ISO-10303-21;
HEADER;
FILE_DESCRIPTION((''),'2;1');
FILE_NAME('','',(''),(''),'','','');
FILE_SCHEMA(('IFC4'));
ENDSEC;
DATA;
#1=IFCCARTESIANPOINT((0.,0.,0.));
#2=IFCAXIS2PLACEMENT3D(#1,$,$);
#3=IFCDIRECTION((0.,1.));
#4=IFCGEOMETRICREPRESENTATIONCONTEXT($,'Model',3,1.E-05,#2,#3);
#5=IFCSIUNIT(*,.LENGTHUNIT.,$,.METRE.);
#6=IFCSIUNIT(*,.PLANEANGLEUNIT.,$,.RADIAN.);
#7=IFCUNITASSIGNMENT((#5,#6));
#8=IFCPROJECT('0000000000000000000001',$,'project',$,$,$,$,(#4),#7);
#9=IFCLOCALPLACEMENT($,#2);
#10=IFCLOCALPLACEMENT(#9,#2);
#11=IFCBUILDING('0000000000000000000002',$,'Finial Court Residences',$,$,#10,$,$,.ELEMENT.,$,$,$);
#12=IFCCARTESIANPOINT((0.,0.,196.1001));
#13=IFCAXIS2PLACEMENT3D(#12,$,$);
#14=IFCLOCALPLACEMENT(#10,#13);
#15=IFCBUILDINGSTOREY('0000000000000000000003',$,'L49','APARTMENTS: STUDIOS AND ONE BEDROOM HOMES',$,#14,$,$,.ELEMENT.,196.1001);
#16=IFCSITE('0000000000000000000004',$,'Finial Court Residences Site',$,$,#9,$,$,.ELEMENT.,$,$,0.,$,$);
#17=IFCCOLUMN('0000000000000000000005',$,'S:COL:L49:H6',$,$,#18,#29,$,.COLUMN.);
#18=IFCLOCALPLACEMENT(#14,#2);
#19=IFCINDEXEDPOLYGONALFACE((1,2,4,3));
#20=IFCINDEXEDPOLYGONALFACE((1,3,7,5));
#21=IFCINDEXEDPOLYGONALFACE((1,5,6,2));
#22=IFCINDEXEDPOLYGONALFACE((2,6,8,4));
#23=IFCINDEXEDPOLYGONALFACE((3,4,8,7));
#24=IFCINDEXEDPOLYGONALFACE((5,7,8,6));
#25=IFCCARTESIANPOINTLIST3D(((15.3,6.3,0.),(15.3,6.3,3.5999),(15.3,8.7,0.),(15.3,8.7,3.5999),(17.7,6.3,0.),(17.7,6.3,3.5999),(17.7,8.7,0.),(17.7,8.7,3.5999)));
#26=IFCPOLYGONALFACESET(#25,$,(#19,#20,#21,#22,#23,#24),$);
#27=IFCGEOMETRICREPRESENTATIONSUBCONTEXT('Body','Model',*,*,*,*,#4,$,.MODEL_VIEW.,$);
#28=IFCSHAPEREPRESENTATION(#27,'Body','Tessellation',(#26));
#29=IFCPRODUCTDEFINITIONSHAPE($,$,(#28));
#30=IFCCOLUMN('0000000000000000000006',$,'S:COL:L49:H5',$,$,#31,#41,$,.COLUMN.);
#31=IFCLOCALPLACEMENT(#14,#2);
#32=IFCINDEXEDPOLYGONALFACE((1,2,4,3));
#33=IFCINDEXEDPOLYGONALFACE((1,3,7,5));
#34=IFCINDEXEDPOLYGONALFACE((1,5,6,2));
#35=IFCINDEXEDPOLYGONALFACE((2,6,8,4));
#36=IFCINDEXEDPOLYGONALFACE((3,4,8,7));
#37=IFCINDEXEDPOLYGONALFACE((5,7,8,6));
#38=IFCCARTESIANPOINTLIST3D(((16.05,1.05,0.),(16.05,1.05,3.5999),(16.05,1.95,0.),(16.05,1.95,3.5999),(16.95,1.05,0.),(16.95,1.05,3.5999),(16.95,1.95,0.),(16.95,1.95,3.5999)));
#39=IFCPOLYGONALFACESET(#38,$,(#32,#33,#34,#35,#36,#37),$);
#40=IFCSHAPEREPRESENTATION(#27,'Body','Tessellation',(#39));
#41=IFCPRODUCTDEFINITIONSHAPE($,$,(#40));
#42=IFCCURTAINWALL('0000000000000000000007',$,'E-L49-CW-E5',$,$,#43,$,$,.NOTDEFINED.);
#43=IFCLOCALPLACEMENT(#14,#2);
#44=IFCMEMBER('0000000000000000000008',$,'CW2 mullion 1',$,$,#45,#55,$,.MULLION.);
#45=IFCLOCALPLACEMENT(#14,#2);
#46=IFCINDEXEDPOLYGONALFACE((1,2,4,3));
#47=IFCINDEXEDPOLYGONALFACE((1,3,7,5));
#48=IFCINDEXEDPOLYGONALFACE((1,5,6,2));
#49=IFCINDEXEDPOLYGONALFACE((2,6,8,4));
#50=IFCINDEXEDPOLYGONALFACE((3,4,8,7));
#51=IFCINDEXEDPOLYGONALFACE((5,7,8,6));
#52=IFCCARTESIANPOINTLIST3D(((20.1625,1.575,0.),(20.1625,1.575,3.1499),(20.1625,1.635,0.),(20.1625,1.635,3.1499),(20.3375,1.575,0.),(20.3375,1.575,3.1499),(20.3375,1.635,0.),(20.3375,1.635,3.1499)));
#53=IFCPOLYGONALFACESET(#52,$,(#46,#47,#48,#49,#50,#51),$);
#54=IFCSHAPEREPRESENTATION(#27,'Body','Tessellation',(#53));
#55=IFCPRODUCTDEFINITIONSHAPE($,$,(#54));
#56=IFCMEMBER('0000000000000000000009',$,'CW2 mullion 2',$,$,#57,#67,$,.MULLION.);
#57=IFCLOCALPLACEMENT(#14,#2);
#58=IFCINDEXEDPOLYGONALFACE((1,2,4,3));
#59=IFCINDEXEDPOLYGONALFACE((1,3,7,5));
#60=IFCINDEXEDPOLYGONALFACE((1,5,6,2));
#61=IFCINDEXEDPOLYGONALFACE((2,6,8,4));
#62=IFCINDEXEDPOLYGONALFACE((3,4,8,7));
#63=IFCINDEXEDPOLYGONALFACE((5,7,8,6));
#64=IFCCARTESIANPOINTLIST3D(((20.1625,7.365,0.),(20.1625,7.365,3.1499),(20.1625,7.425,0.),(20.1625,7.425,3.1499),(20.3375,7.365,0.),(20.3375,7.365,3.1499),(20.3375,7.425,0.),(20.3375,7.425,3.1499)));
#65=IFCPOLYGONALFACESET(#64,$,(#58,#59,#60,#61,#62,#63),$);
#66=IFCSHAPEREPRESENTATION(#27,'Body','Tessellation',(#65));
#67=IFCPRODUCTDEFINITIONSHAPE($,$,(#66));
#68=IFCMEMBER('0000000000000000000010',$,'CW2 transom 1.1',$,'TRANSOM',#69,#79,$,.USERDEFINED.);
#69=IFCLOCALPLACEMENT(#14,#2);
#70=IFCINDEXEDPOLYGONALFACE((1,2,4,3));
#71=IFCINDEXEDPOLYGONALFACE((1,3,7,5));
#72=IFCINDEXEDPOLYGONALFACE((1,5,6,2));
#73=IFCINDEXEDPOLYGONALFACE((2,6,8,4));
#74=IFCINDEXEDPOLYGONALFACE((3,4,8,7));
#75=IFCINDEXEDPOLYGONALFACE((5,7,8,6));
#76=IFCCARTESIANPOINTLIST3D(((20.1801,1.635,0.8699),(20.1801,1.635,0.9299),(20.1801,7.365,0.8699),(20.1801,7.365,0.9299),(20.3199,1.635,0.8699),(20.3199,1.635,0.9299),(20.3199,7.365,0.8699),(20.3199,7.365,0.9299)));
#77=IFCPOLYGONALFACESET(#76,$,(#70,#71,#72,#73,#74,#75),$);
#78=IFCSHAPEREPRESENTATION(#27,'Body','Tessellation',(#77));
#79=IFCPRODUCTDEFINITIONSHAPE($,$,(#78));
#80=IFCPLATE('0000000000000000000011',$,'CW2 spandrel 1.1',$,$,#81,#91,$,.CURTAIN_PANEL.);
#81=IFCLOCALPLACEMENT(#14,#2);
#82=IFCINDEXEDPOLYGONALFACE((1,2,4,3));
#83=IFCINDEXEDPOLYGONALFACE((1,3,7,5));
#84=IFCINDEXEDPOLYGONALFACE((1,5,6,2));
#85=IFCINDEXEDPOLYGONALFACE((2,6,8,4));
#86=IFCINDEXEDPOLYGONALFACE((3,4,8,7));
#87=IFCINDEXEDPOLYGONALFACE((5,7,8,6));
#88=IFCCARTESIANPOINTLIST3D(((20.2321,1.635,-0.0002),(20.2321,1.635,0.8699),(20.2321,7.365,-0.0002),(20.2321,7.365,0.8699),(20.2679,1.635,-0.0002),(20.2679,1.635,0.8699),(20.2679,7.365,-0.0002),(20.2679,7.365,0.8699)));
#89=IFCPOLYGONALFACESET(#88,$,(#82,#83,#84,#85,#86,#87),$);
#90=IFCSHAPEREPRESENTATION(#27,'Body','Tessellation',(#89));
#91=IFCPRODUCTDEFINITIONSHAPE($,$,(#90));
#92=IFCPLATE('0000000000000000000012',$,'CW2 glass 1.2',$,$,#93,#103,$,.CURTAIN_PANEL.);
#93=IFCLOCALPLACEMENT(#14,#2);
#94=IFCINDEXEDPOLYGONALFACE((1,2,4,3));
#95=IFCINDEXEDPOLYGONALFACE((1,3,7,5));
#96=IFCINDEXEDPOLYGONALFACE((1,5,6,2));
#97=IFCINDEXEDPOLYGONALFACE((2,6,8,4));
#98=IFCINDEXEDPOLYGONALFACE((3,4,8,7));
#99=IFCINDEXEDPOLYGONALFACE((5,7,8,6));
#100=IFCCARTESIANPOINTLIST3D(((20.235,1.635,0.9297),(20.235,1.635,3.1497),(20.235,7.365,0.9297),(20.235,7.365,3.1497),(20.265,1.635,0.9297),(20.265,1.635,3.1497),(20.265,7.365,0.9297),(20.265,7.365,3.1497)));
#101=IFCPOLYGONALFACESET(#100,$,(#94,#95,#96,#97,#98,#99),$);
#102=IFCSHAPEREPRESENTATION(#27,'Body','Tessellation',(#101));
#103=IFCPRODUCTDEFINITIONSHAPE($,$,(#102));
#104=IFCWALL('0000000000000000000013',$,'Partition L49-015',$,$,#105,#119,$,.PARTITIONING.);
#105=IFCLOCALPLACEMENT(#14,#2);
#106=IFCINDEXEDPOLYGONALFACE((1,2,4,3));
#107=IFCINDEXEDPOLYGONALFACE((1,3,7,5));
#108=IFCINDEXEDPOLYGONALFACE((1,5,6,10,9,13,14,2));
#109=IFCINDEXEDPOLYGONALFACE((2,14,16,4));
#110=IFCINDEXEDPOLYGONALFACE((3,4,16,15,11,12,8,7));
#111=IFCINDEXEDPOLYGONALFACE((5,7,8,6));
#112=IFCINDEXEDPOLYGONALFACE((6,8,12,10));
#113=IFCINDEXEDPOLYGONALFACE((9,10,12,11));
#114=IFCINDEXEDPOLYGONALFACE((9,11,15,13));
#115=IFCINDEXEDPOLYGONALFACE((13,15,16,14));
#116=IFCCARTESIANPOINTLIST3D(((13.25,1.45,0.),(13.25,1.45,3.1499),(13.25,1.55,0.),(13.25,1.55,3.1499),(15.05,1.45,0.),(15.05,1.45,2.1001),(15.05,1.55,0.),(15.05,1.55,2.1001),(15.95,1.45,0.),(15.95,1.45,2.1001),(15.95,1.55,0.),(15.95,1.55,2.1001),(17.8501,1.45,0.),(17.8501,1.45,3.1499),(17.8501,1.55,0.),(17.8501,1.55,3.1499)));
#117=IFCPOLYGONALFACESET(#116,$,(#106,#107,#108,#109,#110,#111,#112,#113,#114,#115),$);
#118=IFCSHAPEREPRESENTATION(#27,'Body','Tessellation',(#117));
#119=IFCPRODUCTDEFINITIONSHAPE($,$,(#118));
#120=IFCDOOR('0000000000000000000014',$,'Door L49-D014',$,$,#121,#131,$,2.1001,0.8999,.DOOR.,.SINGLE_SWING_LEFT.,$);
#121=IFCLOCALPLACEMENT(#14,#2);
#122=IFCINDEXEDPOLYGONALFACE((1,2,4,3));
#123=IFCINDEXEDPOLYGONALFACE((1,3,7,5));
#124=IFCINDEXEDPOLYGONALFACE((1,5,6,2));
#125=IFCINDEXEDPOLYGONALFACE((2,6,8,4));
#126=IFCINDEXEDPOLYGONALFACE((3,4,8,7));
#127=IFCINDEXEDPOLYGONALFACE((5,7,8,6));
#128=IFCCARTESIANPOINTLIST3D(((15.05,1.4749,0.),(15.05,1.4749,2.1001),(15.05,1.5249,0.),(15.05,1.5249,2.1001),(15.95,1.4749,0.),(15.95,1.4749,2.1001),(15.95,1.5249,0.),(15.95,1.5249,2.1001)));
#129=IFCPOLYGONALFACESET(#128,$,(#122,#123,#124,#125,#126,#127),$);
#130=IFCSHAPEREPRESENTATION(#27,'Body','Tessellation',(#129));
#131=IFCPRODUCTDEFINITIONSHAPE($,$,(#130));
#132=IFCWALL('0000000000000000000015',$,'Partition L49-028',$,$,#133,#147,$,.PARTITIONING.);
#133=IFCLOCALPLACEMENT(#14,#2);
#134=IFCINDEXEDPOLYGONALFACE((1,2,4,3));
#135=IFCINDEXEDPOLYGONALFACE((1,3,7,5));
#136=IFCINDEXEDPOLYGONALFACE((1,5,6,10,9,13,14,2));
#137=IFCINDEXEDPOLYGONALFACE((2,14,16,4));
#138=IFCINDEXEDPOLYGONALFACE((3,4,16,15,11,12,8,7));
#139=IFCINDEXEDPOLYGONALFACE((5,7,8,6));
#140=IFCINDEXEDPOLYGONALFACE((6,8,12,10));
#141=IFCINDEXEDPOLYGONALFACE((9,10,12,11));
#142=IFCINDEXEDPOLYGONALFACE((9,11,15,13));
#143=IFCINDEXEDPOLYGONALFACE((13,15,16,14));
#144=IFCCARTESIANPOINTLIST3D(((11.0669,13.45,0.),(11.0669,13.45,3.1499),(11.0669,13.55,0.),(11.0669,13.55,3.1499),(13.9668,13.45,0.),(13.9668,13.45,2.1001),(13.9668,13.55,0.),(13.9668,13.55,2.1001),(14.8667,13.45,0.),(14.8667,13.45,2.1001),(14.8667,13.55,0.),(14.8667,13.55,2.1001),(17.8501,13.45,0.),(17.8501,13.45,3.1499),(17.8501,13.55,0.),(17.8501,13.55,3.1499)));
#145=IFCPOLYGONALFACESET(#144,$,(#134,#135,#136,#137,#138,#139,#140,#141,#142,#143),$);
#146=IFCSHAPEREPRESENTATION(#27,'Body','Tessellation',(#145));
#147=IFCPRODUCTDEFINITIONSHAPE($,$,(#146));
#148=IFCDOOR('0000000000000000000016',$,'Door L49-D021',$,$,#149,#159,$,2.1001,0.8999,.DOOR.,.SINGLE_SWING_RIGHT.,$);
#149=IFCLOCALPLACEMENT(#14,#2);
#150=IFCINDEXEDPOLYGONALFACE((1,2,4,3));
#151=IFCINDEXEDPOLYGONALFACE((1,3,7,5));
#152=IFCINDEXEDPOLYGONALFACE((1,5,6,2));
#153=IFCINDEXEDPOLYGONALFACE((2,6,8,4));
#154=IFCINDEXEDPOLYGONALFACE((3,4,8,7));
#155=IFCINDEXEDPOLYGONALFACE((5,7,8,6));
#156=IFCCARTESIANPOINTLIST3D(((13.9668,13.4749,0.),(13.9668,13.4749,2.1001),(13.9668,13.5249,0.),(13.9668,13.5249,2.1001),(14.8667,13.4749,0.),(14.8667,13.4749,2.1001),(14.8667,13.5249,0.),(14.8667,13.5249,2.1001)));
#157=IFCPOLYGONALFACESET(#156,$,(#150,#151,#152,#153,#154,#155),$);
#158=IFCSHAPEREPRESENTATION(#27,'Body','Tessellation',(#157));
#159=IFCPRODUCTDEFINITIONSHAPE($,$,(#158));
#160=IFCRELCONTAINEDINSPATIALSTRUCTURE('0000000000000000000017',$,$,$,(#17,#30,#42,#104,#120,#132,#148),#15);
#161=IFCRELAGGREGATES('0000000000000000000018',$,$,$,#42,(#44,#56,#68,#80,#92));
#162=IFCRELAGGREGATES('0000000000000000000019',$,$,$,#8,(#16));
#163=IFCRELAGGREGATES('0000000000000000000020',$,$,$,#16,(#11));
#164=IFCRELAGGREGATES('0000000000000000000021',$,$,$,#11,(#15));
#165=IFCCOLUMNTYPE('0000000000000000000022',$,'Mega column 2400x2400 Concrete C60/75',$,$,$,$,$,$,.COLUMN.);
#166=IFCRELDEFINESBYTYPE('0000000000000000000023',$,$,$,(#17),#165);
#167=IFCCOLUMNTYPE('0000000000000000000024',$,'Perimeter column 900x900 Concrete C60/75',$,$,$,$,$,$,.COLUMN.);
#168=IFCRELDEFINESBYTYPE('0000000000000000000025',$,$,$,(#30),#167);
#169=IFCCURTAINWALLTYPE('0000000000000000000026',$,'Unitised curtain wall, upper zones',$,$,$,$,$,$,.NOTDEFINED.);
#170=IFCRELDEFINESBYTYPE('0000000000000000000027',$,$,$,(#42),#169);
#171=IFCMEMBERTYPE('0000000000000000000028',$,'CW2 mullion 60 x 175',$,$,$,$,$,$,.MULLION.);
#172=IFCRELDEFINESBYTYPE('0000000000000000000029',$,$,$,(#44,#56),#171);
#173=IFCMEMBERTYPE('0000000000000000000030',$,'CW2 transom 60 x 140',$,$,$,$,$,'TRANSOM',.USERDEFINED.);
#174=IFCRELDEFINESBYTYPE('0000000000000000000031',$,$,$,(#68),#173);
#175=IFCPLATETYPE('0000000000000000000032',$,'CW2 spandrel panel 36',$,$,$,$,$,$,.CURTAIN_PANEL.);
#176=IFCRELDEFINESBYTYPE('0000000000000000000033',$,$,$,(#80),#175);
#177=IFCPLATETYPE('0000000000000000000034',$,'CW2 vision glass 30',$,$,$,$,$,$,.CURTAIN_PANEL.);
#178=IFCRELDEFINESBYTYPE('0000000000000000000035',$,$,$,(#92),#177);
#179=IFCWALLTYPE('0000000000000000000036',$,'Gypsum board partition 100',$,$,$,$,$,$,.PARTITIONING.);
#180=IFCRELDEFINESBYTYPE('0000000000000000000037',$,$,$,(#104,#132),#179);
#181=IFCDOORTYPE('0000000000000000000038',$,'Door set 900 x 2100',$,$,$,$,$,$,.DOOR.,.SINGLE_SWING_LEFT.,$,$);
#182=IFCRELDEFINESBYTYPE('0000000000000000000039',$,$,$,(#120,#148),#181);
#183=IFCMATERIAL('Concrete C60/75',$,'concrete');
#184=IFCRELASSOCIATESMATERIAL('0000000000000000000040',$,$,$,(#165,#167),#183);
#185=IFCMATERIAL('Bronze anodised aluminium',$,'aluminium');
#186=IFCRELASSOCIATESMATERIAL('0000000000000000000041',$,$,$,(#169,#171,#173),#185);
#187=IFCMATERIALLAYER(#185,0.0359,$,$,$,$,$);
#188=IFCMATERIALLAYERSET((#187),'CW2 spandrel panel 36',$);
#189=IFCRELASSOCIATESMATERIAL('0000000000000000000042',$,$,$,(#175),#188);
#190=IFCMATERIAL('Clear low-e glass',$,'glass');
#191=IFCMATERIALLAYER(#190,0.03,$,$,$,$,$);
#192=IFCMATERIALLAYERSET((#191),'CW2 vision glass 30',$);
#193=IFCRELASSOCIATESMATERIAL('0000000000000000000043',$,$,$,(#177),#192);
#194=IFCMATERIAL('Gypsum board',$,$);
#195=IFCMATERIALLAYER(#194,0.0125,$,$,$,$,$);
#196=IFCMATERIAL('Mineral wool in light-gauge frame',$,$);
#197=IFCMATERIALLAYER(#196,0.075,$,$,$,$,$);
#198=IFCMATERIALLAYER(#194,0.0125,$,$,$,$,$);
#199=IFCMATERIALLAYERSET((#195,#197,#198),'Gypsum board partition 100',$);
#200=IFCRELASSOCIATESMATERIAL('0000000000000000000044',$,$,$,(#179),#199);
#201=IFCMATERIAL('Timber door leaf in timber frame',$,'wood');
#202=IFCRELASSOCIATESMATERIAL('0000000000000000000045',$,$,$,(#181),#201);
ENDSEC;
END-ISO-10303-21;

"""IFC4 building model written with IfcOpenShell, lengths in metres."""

from ifc_helpers import new_model, si_unit, direction, frame, frame_2d, origin, origin_2d, place, context, subcontext, project, spatial, rectangle, extrude, material, layer, layer_set, material_profile, profile_set, type_object, element, fill, aggregate, save


model = new_model("IFC4")

# Units and contexts
model_context = context("Model", 3, precision=1e-05, world=origin(), true_north=direction((0.0, 1.0)))
body_context = subcontext(model_context, "Body", "Model", "MODEL_VIEW")
ifc_project = project(units=[si_unit("LENGTHUNIT", "METRE"), si_unit("PLANEANGLEUNIT", "RADIAN")], contexts=[model_context])

# Site, building, storey
site_placement = place(None, origin())
site = spatial("IfcSite", under=ifc_project, at=site_placement, Name="Finial Court Residences Site", CompositionType="ELEMENT", RefElevation=0.0)
building_placement = place(site_placement, origin())
building = spatial("IfcBuilding", under=site, at=building_placement, Name="Finial Court Residences", CompositionType="ELEMENT")
storey_placement = place(building_placement, frame((0.0, 0.0, 196.1001)))
storey = spatial("IfcBuildingStorey", under=building, at=storey_placement, Name="L49", Description="APARTMENTS: STUDIOS AND ONE BEDROOM HOMES", CompositionType="ELEMENT", Elevation=196.1001)

# Columns
ifc_material_1 = material(Name="Concrete C60/75", Category="concrete")
ifc_material_profile_1 = material_profile(ifc_material_1, rectangle(XDim=2.3999, YDim=2.3999, at=origin_2d()), Name="2400x2400")
ifc_profile_set_1 = profile_set([ifc_material_profile_1], Name="Concrete C60/75")
column_type_1 = type_object("IfcColumnType", Name="Mega column 2400x2400 Concrete C60/75", PredefinedType="COLUMN", material=ifc_profile_set_1)
column_1_placement = place(storey_placement, frame((16.5, 7.5, 0.0), z_axis=(0.0, 0.0, 1.0), x_axis=(1.0, 0.0, 0.0)))
element("IfcColumn", 1, at=column_1_placement, inside=storey, type_object=column_type_1, Name="S:COL:L49:H6", PredefinedType="COLUMN", context=body_context, shape_type="SweptSolid", body=[
    extrude(rectangle(XDim=2.3999, YDim=2.3999, at=origin_2d()), origin(), (0.0, 0.0, 1.0), 3.5999),
])
ifc_material_profile_2 = material_profile(ifc_material_1, rectangle(XDim=0.8999, YDim=0.8999, at=origin_2d()), Name="900x900")
ifc_profile_set_2 = profile_set([ifc_material_profile_2], Name="Concrete C60/75")
column_type_2 = type_object("IfcColumnType", Name="Perimeter column 900x900 Concrete C60/75", PredefinedType="COLUMN", material=ifc_profile_set_2)
column_2_placement = place(storey_placement, frame((16.5, 1.5, 0.0), z_axis=(0.0, 0.0, 1.0), x_axis=(1.0, 0.0, 0.0)))
element("IfcColumn", 2, at=column_2_placement, inside=storey, type_object=column_type_2, Name="S:COL:L49:H5", PredefinedType="COLUMN", context=body_context, shape_type="SweptSolid", body=[
    extrude(rectangle(XDim=0.8999, YDim=0.8999, at=origin_2d()), origin(), (0.0, 0.0, 1.0), 3.5999),
])

# Curtain wall, members, plates
ifc_material_2 = material(Name="Bronze anodised aluminium", Category="aluminium")
curtain_wall_type = type_object("IfcCurtainWallType", Name="Unitised curtain wall, upper zones", PredefinedType="NOTDEFINED", material=ifc_material_2)
curtain_wall_placement = place(storey_placement, origin())
curtain_wall = element("IfcCurtainWall", 3, at=curtain_wall_placement, inside=storey, type_object=curtain_wall_type, Name="E-L49-CW-E5", PredefinedType="NOTDEFINED")
ifc_material_profile_3 = material_profile(ifc_material_2, rectangle(XDim=0.175, YDim=0.0601, at=origin_2d()), Name="CW2 mullion 60 x 175")
ifc_profile_set_3 = profile_set([ifc_material_profile_3], Name="Bronze anodised aluminium")
member_type_1 = type_object("IfcMemberType", Name="CW2 mullion 60 x 175", PredefinedType="MULLION", material=ifc_profile_set_3)
member_1_placement = place(storey_placement, frame((20.25, 1.605, 0.0), z_axis=(0.0, 0.0, 1.0), x_axis=(-1.0, 0.0, 0.0)))
member_1 = element("IfcMember", 4, at=member_1_placement, type_object=member_type_1, Name="CW2 mullion 1", PredefinedType="MULLION", context=body_context, shape_type="SweptSolid", body=[
    extrude(rectangle(XDim=0.175, YDim=0.0601, at=origin_2d()), origin(), (0.0, 0.0, 1.0), 3.1499),
])
member_2_placement = place(storey_placement, frame((20.25, 7.395, 0.0), z_axis=(0.0, 0.0, 1.0), x_axis=(-1.0, 0.0, 0.0)))
member_2 = element("IfcMember", 5, at=member_2_placement, type_object=member_type_1, Name="CW2 mullion 2", PredefinedType="MULLION", context=body_context, shape_type="SweptSolid", body=[
    extrude(rectangle(XDim=0.175, YDim=0.0601, at=origin_2d()), origin(), (0.0, 0.0, 1.0), 3.1499),
])
ifc_material_profile_4 = material_profile(ifc_material_2, rectangle(XDim=0.1399, YDim=0.0601, at=origin_2d()), Name="CW2 transom 60 x 140")
ifc_profile_set_4 = profile_set([ifc_material_profile_4], Name="Bronze anodised aluminium")
member_type_2 = type_object("IfcMemberType", Name="CW2 transom 60 x 140", ElementType="TRANSOM", PredefinedType="USERDEFINED", material=ifc_profile_set_4)
member_3_placement = place(storey_placement, frame((20.25, 1.635, 0.8999), z_axis=(0.0, 1.0, 0.0), x_axis=(-1.0, 0.0, 0.0)))
member_3 = element("IfcMember", 6, at=member_3_placement, type_object=member_type_2, Name="CW2 transom 1.1", ObjectType="TRANSOM", PredefinedType="USERDEFINED", context=body_context, shape_type="SweptSolid", body=[
    extrude(rectangle(XDim=0.1399, YDim=0.0601, at=origin_2d()), origin(), (0.0, 0.0, 1.0), 5.73),
])
ifc_layer_1 = layer(ifc_material_2, 0.0359)
ifc_layer_set_1 = layer_set([ifc_layer_1], Name="CW2 spandrel panel 36")
plate_type_1 = type_object("IfcPlateType", Name="CW2 spandrel panel 36", PredefinedType="CURTAIN_PANEL", material=ifc_layer_set_1)
plate_1_placement = place(storey_placement, frame((20.25, 4.5, -0.0002), z_axis=(0.0, 0.0, 1.0), x_axis=(0.0, 1.0, 0.0)))
plate_1 = element("IfcPlate", 7, at=plate_1_placement, type_object=plate_type_1, Name="CW2 spandrel 1.1", PredefinedType="CURTAIN_PANEL", context=body_context, shape_type="SweptSolid", body=[
    extrude(rectangle(XDim=5.73, YDim=0.0359, at=origin_2d()), origin(), (0.0, 0.0, 1.0), 0.8701),
])
ifc_material_3 = material(Name="Clear low-e glass", Category="glass")
ifc_layer_2 = layer(ifc_material_3, 0.03)
ifc_layer_set_2 = layer_set([ifc_layer_2], Name="CW2 vision glass 30")
plate_type_2 = type_object("IfcPlateType", Name="CW2 vision glass 30", PredefinedType="CURTAIN_PANEL", material=ifc_layer_set_2)
plate_2_placement = place(storey_placement, frame((20.25, 4.5, 0.9297), z_axis=(0.0, 0.0, 1.0), x_axis=(0.0, 1.0, 0.0)))
plate_2 = element("IfcPlate", 8, at=plate_2_placement, type_object=plate_type_2, Name="CW2 glass 1.2", PredefinedType="CURTAIN_PANEL", context=body_context, shape_type="SweptSolid", body=[
    extrude(rectangle(XDim=5.73, YDim=0.03, at=origin_2d()), origin(), (0.0, 0.0, 1.0), 2.22),
])
aggregate(curtain_wall, [member_1, member_2, member_3, plate_1, plate_2])

# Walls, openings, doors
ifc_material_4 = material(Name="Gypsum board")
ifc_layer_3 = layer(ifc_material_4, 0.0125)
ifc_material_5 = material(Name="Mineral wool in light-gauge frame")
ifc_layer_4 = layer(ifc_material_5, 0.075)
ifc_layer_5 = layer(ifc_material_4, 0.0125)
ifc_layer_set_3 = layer_set([ifc_layer_3, ifc_layer_4, ifc_layer_5], Name="Gypsum board partition 100")
wall_type_1 = type_object("IfcWallType", Name="Gypsum board partition 100", PredefinedType="PARTITIONING", material=ifc_layer_set_3)
wall_1_placement = place(storey_placement, frame((13.25, 1.5, 0.0), z_axis=(0.0, 0.0, 1.0), x_axis=(1.0, 0.0, 0.0)))
wall_1 = element("IfcWall", 9, at=wall_1_placement, inside=storey, type_object=wall_type_1, Name="Partition L49-015", PredefinedType="PARTITIONING", context=body_context, shape_type="SweptSolid", body=[
    extrude(rectangle(XDim=4.6001, YDim=0.1001, at=frame_2d((2.3, 0.0))), origin(), (0.0, 0.0, 1.0), 3.1499),
])
opening_1_placement = place(wall_1_placement, frame((1.8, 0.0, 0.0)))
opening_1 = element("IfcOpeningElement", 10, at=opening_1_placement, cuts=wall_1, PredefinedType="OPENING", context=body_context, shape_type="SweptSolid", body=[
    extrude(rectangle(XDim=0.8999, YDim=2.1001, at=frame_2d((0.45, 1.05))), frame((0.0, 0.0601, 0.0), z_axis=(0.0, -1.0, 0.0), x_axis=(1.0, 0.0, 0.0)), (0.0, 0.0, 1.0), 0.1201),
])
ifc_material_6 = material(Name="Timber door leaf in timber frame", Category="wood")
door_type_1 = type_object("IfcDoorType", Name="Door set 900 x 2100", OperationType="SINGLE_SWING_LEFT", PredefinedType="DOOR", material=ifc_material_6)
door_1_placement = place(opening_1_placement, origin())
door_1 = element("IfcDoor", 11, at=door_1_placement, inside=storey, type_object=door_type_1, Name="Door L49-D014", OperationType="SINGLE_SWING_LEFT", OverallHeight=2.1001, OverallWidth=0.8999, PredefinedType="DOOR", context=body_context, shape_type="SweptSolid", body=[
    extrude(rectangle(XDim=0.8999, YDim=2.1001, at=frame_2d((0.45, 1.05))), frame((0.0, 0.0249, 0.0), z_axis=(0.0, -1.0, 0.0), x_axis=(1.0, 0.0, 0.0)), (0.0, 0.0, 1.0), 0.05),
])
fill(opening_1, door_1)
wall_2_placement = place(storey_placement, frame((11.0669, 13.5, 0.0), z_axis=(0.0, 0.0, 1.0), x_axis=(1.0, 0.0, 0.0)))
wall_2 = element("IfcWall", 12, at=wall_2_placement, inside=storey, type_object=wall_type_1, Name="Partition L49-028", PredefinedType="PARTITIONING", context=body_context, shape_type="SweptSolid", body=[
    extrude(rectangle(XDim=6.7832, YDim=0.1001, at=frame_2d((3.3916, 0.0))), origin(), (0.0, 0.0, 1.0), 3.1499),
])
opening_2_placement = place(wall_2_placement, frame((2.8999, 0.0, 0.0)))
opening_2 = element("IfcOpeningElement", 13, at=opening_2_placement, cuts=wall_2, PredefinedType="OPENING", context=body_context, shape_type="SweptSolid", body=[
    extrude(rectangle(XDim=0.8999, YDim=2.1001, at=frame_2d((0.45, 1.05))), frame((0.0, 0.0601, 0.0), z_axis=(0.0, -1.0, 0.0), x_axis=(1.0, 0.0, 0.0)), (0.0, 0.0, 1.0), 0.1201),
])
door_2_placement = place(opening_2_placement, origin())
door_2 = element("IfcDoor", 14, at=door_2_placement, inside=storey, type_object=door_type_1, Name="Door L49-D021", OperationType="SINGLE_SWING_RIGHT", OverallHeight=2.1001, OverallWidth=0.8999, PredefinedType="DOOR", context=body_context, shape_type="SweptSolid", body=[
    extrude(rectangle(XDim=0.8999, YDim=2.1001, at=frame_2d((0.45, 1.05))), frame((0.0, 0.0249, 0.0), z_axis=(0.0, -1.0, 0.0), x_axis=(1.0, 0.0, 0.0)), (0.0, 0.0, 1.0), 0.05),
])
fill(opening_2, door_2)

save(model, "model.ifc")
